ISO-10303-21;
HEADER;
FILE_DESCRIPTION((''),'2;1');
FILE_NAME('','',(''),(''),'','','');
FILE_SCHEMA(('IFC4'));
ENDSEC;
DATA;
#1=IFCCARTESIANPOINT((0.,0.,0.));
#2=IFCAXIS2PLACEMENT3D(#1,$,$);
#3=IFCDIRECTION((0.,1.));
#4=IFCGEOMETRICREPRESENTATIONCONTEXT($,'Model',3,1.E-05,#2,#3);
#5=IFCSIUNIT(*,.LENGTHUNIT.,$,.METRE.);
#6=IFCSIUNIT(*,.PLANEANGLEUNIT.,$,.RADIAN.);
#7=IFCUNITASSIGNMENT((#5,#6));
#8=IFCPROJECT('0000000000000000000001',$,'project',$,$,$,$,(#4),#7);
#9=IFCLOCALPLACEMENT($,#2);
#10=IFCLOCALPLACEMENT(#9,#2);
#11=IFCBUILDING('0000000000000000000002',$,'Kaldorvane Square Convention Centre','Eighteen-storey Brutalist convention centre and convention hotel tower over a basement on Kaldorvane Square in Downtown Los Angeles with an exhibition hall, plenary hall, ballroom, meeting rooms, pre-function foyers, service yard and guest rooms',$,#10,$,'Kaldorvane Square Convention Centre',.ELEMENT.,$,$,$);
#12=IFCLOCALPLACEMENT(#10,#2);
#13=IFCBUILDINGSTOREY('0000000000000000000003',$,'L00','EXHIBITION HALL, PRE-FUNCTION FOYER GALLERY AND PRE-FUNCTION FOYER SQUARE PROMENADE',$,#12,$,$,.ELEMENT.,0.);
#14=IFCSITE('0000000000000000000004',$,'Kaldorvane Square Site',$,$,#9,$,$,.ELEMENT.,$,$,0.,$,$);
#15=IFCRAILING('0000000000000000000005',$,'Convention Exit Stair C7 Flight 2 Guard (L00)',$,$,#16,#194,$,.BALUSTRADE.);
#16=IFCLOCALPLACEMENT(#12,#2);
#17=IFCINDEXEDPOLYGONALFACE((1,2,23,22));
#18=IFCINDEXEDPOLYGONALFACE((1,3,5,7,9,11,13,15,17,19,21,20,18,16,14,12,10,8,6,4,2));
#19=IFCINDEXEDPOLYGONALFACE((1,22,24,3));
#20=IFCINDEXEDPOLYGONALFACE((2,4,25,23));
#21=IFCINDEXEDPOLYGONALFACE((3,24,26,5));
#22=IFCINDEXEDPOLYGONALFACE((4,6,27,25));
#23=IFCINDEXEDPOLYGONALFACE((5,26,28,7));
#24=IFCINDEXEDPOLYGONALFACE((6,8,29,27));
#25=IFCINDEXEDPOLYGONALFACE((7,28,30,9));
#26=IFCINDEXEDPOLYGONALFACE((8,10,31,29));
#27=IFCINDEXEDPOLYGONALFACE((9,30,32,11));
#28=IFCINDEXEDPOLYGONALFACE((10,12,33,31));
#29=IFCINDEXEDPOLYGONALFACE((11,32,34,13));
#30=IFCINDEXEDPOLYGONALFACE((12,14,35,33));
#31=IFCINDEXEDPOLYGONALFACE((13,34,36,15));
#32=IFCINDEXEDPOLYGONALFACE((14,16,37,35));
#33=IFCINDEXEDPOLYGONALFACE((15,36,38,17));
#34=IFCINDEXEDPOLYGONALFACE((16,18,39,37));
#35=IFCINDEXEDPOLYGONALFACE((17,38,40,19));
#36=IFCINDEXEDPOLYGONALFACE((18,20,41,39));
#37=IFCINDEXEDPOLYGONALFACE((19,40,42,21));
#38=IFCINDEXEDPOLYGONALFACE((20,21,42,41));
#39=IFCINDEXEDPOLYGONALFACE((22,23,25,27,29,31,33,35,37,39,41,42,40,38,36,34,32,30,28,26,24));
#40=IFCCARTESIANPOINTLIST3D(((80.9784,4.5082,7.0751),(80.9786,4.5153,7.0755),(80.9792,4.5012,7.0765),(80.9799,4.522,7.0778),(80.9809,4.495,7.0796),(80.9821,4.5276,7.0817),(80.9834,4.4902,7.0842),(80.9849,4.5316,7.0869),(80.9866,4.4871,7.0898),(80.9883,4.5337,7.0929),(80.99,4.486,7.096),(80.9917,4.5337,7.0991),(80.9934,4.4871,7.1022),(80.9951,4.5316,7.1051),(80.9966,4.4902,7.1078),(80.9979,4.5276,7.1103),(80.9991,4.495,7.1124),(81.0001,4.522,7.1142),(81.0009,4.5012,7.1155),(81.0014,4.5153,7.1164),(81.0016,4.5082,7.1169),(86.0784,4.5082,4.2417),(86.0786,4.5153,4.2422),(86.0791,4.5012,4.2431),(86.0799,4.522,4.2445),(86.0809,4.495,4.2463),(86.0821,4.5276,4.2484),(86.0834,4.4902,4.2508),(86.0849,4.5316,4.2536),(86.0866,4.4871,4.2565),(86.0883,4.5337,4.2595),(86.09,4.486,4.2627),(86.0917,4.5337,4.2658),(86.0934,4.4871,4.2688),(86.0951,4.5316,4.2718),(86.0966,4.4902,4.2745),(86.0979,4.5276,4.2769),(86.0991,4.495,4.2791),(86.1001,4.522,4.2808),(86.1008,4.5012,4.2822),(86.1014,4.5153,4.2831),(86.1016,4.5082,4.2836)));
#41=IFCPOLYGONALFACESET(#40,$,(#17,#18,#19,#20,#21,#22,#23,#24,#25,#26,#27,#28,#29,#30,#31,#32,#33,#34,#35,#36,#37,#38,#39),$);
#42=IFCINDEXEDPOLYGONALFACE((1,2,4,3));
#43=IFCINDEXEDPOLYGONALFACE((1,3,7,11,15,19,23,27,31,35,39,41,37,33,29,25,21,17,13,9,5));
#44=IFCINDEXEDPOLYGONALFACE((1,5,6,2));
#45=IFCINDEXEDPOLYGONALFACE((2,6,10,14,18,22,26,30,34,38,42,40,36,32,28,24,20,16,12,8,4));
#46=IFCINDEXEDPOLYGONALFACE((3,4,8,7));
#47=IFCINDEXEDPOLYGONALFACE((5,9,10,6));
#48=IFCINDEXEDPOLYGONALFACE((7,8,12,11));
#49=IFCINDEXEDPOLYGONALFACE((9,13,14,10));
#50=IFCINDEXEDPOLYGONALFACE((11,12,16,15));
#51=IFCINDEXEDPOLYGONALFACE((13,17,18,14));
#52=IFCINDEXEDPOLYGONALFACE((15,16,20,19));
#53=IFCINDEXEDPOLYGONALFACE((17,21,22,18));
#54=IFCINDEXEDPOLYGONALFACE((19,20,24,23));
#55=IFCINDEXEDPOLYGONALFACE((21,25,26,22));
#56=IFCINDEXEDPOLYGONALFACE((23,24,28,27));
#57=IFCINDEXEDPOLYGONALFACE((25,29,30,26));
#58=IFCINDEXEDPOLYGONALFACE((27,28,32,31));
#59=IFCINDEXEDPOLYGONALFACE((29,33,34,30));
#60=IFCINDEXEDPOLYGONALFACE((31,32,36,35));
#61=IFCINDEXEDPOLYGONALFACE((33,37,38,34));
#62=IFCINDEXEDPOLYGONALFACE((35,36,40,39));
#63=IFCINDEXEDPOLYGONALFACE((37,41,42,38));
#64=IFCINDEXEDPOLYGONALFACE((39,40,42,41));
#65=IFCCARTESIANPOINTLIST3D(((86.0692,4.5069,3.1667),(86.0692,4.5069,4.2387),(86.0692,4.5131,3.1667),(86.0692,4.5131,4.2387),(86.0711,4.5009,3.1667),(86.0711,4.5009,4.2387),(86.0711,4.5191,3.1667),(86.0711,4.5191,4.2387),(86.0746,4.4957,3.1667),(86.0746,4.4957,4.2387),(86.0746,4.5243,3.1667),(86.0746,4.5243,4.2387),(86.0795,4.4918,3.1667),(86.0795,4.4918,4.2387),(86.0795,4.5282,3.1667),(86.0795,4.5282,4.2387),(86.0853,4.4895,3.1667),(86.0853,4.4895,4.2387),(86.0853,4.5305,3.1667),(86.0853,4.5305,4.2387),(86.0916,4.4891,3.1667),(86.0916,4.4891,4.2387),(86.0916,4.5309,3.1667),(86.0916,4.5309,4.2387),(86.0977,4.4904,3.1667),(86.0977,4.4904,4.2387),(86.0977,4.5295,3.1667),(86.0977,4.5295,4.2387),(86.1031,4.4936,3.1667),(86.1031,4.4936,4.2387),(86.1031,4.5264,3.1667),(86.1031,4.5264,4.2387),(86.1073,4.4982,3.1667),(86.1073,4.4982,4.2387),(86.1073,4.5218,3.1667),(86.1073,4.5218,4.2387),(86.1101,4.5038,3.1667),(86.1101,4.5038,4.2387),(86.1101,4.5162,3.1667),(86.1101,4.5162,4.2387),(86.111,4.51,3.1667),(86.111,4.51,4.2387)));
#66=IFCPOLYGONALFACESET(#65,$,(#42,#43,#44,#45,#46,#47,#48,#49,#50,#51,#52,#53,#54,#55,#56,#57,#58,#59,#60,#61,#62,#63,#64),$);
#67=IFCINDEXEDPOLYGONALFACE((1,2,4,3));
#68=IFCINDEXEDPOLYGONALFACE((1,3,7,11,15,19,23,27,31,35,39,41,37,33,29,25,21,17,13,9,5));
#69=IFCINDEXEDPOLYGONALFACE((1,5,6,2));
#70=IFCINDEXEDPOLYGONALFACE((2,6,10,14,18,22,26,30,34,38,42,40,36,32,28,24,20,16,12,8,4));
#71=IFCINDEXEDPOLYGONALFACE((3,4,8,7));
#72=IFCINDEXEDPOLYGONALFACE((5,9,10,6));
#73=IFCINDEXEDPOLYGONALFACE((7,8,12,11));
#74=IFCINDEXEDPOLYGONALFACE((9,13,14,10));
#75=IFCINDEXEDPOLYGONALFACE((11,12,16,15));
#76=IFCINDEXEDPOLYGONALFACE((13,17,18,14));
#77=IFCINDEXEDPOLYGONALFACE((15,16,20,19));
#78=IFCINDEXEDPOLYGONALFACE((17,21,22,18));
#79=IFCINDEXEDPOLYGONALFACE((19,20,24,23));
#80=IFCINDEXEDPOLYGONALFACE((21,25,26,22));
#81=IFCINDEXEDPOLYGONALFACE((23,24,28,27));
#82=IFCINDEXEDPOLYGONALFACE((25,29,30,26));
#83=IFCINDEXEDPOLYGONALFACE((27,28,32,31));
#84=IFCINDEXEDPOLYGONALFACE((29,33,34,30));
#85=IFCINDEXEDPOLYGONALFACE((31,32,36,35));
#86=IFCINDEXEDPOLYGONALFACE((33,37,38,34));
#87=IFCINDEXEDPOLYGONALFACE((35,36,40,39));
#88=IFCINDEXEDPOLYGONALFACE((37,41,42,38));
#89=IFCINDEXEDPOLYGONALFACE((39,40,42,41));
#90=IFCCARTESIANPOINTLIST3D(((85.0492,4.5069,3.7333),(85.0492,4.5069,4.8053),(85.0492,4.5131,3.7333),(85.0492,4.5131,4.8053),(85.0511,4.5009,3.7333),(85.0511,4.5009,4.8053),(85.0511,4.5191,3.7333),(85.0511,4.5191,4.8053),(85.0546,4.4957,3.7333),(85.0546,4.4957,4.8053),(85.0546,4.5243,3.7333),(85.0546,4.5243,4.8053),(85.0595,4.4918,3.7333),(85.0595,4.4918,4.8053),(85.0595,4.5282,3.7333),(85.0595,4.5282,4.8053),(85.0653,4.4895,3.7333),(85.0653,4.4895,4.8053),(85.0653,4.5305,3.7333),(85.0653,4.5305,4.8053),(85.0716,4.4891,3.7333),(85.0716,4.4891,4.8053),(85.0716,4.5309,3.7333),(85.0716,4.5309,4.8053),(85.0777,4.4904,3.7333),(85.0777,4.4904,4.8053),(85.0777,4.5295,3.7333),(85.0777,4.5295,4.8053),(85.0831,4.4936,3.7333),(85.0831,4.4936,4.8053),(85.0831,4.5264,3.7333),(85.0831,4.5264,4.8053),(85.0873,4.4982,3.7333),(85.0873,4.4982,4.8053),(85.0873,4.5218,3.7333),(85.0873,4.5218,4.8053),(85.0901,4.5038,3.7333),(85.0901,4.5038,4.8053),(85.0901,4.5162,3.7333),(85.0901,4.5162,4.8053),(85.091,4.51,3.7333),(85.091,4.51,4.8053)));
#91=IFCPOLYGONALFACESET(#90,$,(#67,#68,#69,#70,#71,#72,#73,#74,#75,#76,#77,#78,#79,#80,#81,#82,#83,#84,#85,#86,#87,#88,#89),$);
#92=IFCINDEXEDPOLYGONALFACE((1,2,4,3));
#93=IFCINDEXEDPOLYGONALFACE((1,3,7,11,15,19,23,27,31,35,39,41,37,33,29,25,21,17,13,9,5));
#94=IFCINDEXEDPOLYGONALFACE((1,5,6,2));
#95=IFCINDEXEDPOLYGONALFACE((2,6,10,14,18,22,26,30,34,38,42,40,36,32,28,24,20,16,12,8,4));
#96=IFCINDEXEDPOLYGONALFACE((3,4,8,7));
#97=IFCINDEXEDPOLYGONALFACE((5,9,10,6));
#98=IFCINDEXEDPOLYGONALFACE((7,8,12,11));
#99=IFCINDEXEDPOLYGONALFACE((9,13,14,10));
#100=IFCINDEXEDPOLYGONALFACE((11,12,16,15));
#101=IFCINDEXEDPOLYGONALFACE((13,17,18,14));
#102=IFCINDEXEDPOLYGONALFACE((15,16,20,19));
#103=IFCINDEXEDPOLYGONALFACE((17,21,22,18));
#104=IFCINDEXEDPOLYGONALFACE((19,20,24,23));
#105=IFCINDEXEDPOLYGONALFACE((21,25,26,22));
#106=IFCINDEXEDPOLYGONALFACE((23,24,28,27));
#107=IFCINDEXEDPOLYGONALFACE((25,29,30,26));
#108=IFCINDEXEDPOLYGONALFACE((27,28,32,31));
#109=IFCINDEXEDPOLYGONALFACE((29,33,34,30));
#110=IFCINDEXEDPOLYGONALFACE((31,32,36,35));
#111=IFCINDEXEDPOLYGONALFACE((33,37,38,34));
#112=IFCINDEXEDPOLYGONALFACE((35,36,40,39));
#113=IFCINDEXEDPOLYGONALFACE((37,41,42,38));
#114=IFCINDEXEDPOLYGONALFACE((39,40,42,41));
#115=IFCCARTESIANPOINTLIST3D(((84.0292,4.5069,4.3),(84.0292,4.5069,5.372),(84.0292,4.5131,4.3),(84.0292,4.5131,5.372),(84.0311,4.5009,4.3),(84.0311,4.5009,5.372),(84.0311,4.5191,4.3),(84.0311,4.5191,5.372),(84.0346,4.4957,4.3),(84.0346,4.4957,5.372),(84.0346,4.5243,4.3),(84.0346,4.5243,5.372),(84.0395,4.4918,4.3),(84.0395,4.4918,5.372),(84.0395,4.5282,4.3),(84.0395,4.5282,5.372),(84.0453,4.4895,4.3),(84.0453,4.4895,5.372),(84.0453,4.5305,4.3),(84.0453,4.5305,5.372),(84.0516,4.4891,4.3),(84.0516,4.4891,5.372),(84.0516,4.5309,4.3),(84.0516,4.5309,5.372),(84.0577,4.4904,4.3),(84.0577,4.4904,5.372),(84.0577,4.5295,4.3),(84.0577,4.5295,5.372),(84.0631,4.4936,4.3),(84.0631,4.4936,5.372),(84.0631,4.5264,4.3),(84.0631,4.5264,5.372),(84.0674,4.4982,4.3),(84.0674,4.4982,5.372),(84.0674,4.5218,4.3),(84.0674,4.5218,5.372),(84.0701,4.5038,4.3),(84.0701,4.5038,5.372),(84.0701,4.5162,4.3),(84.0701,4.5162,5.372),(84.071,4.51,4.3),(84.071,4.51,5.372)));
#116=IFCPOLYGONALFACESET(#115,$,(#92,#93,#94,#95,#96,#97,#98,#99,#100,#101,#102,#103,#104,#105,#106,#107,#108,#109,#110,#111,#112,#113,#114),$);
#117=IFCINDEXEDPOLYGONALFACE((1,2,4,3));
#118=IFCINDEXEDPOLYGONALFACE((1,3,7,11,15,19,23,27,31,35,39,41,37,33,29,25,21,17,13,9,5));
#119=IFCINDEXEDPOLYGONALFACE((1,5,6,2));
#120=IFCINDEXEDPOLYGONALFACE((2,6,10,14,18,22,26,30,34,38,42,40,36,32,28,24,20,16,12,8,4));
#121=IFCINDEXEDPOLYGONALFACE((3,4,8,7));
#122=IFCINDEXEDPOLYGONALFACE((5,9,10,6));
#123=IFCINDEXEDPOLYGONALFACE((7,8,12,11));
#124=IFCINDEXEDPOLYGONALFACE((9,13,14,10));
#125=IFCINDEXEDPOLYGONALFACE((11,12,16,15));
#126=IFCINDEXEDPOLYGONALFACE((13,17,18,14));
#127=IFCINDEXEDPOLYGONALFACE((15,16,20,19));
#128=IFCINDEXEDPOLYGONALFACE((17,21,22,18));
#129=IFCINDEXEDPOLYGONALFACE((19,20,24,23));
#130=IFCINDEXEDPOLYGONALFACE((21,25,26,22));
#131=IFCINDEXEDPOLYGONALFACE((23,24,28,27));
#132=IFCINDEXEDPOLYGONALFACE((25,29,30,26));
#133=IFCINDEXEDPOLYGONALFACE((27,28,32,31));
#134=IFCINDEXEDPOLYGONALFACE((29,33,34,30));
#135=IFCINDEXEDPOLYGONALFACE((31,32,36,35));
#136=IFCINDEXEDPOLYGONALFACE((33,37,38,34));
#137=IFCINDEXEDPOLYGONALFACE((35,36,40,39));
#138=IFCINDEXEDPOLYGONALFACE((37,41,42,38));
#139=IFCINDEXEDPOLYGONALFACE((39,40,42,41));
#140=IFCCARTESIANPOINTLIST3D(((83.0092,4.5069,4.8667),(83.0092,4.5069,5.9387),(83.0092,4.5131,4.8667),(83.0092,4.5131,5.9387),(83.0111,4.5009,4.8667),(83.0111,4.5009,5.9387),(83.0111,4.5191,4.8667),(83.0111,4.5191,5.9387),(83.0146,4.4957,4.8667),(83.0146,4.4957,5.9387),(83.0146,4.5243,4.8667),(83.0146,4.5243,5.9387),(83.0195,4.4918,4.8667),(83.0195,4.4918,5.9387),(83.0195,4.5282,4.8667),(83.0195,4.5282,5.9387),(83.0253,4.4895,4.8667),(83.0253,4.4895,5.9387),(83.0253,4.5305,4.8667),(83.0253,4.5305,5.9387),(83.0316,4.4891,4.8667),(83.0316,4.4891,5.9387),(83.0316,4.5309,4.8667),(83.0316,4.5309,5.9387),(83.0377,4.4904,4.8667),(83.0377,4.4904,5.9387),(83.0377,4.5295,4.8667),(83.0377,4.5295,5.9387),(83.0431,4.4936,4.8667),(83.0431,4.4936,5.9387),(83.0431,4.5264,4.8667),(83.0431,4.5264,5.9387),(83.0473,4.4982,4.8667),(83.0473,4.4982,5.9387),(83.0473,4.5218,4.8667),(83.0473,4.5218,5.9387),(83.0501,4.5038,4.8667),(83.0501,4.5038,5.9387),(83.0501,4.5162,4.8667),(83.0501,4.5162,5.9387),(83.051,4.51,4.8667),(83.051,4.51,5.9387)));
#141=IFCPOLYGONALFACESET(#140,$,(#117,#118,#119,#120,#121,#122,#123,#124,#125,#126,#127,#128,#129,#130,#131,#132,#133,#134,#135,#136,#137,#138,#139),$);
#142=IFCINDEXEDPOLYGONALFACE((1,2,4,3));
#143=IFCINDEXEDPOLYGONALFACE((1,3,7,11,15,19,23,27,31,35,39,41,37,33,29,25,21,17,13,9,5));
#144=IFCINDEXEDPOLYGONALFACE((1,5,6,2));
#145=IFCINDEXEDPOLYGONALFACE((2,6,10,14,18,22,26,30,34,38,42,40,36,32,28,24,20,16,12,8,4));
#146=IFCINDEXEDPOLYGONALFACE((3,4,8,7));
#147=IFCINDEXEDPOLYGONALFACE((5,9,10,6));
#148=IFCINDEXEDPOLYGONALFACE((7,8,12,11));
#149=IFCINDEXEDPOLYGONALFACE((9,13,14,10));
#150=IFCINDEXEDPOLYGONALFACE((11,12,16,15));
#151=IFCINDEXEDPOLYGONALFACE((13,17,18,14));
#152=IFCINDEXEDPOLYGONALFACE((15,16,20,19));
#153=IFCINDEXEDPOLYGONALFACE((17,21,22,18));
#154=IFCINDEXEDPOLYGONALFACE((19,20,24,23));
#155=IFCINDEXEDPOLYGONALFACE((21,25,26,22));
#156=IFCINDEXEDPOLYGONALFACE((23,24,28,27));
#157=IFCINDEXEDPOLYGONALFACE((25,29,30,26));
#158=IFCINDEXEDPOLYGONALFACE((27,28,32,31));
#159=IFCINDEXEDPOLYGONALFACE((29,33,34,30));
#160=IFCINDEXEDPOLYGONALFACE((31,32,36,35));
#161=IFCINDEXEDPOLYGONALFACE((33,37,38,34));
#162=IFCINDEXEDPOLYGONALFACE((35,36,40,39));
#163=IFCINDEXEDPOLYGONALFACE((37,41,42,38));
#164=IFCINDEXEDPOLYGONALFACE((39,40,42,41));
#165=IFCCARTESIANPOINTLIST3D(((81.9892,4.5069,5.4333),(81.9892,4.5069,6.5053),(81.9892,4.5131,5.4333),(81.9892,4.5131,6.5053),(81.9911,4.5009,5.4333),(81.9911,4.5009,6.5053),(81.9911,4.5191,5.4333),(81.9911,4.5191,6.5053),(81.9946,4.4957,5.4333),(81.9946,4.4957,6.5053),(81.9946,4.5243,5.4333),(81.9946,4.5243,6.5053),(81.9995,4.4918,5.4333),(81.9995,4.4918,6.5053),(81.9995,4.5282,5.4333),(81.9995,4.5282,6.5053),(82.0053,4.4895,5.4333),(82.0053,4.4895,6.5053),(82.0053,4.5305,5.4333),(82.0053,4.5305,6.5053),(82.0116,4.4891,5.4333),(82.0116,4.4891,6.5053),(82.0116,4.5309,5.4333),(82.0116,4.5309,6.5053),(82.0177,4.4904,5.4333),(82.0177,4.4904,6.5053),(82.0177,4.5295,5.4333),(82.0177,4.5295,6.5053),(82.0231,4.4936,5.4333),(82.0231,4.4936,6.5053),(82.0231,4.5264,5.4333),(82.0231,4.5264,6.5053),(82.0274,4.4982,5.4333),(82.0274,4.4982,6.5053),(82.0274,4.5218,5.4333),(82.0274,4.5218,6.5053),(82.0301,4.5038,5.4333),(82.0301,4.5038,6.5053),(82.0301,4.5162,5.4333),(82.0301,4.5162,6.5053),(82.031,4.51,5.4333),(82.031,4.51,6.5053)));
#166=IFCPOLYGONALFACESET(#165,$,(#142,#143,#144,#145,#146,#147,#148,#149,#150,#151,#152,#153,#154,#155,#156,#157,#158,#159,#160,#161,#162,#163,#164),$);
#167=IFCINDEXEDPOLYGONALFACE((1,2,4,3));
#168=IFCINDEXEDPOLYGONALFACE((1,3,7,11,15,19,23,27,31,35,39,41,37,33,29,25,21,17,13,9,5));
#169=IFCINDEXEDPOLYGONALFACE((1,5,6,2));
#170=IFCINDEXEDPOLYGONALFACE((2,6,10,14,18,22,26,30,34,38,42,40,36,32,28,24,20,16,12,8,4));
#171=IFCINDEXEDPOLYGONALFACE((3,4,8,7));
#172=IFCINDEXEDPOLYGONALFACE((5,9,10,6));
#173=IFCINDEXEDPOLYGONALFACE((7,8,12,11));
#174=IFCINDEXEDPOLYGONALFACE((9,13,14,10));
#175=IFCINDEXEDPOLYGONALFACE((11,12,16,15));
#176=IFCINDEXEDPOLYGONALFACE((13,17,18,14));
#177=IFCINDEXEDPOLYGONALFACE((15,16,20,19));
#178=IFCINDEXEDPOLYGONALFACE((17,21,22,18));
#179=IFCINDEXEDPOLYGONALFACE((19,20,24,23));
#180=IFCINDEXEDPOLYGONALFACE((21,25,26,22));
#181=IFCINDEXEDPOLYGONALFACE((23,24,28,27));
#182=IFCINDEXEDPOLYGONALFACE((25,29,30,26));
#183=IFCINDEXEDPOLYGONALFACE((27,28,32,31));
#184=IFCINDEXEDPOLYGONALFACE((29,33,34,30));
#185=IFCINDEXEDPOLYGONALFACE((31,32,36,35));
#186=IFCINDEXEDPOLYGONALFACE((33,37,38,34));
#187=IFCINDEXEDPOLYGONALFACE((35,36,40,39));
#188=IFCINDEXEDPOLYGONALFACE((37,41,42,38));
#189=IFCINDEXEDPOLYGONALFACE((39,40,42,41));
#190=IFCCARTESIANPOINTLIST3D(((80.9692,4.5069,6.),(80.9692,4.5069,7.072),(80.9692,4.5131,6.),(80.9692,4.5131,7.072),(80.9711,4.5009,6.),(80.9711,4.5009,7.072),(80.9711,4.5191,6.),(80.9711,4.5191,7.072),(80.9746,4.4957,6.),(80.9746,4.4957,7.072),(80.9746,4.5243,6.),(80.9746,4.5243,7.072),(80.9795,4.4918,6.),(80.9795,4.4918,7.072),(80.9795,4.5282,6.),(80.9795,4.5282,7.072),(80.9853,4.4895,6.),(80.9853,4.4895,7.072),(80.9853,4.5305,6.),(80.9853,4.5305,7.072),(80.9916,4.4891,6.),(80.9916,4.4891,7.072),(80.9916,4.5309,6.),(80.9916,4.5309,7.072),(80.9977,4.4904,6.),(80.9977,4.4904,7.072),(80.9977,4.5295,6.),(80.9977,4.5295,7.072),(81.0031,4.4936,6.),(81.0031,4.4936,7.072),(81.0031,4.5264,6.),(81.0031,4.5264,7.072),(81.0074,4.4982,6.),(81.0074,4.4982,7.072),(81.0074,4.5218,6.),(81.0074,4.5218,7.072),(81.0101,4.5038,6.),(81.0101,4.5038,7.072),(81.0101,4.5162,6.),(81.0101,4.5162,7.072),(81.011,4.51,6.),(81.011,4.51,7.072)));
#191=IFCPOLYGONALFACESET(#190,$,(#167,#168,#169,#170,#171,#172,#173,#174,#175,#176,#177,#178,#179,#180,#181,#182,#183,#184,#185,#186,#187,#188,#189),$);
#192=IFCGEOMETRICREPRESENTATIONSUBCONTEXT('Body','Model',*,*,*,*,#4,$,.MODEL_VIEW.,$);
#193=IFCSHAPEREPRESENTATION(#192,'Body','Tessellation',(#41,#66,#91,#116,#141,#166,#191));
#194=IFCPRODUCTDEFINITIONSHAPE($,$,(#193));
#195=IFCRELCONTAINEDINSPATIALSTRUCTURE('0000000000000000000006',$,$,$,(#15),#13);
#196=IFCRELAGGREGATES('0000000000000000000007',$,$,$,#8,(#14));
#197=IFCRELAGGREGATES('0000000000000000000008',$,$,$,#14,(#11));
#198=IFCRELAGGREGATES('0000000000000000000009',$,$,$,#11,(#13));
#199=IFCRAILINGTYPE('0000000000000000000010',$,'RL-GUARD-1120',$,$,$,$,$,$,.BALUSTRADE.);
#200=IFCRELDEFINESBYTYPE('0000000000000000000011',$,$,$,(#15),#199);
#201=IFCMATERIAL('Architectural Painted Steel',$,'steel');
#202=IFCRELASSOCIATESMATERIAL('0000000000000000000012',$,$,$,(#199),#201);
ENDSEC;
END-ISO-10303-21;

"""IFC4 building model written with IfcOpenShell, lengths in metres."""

from ifc_helpers import new_model, si_unit, direction, frame, origin, origin_2d, place, context, subcontext, project, spatial, circle, extrude, material, type_object, element, save


model = new_model("IFC4")

# Units and contexts
model_context = context("Model", 3, precision=1e-05, world=origin(), true_north=direction((0.0, 1.0)))
body_context = subcontext(model_context, "Body", "Model", "MODEL_VIEW")
ifc_project = project(units=[si_unit("LENGTHUNIT", "METRE"), si_unit("PLANEANGLEUNIT", "RADIAN")], contexts=[model_context])

# Site, building, storey
site_placement = place(None, origin())
site = spatial("IfcSite", under=ifc_project, at=site_placement, Name="Kaldorvane Square Site", CompositionType="ELEMENT", RefElevation=0.0)
building_placement = place(site_placement, origin())
building = spatial("IfcBuilding", under=site, at=building_placement, Name="Kaldorvane Square Convention Centre", Description="Eighteen-storey Brutalist convention centre and convention hotel tower over a basement on Kaldorvane Square in Downtown Los Angeles with an exhibition hall, plenary hall, ballroom, meeting rooms, pre-function foyers, service yard and guest rooms", LongName="Kaldorvane Square Convention Centre", CompositionType="ELEMENT")
storey_placement = place(building_placement, origin())
storey = spatial("IfcBuildingStorey", under=building, at=storey_placement, Name="L00", Description="EXHIBITION HALL, PRE-FUNCTION FOYER GALLERY AND PRE-FUNCTION FOYER SQUARE PROMENADE", CompositionType="ELEMENT", Elevation=0.0)

# Railing
ifc_material_1 = material(Name="Architectural Painted Steel", Category="steel")
railing_type_1 = type_object("IfcRailingType", Name="RL-GUARD-1120", PredefinedType="BALUSTRADE", material=ifc_material_1)
railing_1_placement = place(storey_placement, frame((86.09, 4.51, 3.1667)))
element("IfcRailing", 1, at=railing_1_placement, inside=storey, type_object=railing_type_1, Name="Convention Exit Stair C7 Flight 2 Guard (L00)", PredefinedType="BALUSTRADE", context=body_context, shape_type="SweptSolid", body=[
    extrude(circle(Radius=0.024, at=origin_2d()), frame((0.0, 0.0, 1.096), z_axis=(-0.874157, 0.0, 0.485643), x_axis=(0.0, -1.0, 0.0)), (0.0, 0.0, 1.0), 5.8342),
    extrude(circle(Radius=0.021, at=origin_2d()), origin(), (0.0, 0.0, 1.0), 1.072),
    extrude(circle(Radius=0.021, at=origin_2d()), frame((-1.02, 0.0, 0.5667)), (0.0, 0.0, 1.0), 1.072),
    extrude(circle(Radius=0.021, at=origin_2d()), frame((-2.04, 0.0, 1.1333)), (0.0, 0.0, 1.0), 1.072),
    extrude(circle(Radius=0.021, at=origin_2d()), frame((-3.06, 0.0, 1.7)), (0.0, 0.0, 1.0), 1.072),
    extrude(circle(Radius=0.021, at=origin_2d()), frame((-4.08, 0.0, 2.2667)), (0.0, 0.0, 1.0), 1.072),
    extrude(circle(Radius=0.021, at=origin_2d()), frame((-5.1, 0.0, 2.8333)), (0.0, 0.0, 1.0), 1.072),
])

save(model, "model.ifc")
